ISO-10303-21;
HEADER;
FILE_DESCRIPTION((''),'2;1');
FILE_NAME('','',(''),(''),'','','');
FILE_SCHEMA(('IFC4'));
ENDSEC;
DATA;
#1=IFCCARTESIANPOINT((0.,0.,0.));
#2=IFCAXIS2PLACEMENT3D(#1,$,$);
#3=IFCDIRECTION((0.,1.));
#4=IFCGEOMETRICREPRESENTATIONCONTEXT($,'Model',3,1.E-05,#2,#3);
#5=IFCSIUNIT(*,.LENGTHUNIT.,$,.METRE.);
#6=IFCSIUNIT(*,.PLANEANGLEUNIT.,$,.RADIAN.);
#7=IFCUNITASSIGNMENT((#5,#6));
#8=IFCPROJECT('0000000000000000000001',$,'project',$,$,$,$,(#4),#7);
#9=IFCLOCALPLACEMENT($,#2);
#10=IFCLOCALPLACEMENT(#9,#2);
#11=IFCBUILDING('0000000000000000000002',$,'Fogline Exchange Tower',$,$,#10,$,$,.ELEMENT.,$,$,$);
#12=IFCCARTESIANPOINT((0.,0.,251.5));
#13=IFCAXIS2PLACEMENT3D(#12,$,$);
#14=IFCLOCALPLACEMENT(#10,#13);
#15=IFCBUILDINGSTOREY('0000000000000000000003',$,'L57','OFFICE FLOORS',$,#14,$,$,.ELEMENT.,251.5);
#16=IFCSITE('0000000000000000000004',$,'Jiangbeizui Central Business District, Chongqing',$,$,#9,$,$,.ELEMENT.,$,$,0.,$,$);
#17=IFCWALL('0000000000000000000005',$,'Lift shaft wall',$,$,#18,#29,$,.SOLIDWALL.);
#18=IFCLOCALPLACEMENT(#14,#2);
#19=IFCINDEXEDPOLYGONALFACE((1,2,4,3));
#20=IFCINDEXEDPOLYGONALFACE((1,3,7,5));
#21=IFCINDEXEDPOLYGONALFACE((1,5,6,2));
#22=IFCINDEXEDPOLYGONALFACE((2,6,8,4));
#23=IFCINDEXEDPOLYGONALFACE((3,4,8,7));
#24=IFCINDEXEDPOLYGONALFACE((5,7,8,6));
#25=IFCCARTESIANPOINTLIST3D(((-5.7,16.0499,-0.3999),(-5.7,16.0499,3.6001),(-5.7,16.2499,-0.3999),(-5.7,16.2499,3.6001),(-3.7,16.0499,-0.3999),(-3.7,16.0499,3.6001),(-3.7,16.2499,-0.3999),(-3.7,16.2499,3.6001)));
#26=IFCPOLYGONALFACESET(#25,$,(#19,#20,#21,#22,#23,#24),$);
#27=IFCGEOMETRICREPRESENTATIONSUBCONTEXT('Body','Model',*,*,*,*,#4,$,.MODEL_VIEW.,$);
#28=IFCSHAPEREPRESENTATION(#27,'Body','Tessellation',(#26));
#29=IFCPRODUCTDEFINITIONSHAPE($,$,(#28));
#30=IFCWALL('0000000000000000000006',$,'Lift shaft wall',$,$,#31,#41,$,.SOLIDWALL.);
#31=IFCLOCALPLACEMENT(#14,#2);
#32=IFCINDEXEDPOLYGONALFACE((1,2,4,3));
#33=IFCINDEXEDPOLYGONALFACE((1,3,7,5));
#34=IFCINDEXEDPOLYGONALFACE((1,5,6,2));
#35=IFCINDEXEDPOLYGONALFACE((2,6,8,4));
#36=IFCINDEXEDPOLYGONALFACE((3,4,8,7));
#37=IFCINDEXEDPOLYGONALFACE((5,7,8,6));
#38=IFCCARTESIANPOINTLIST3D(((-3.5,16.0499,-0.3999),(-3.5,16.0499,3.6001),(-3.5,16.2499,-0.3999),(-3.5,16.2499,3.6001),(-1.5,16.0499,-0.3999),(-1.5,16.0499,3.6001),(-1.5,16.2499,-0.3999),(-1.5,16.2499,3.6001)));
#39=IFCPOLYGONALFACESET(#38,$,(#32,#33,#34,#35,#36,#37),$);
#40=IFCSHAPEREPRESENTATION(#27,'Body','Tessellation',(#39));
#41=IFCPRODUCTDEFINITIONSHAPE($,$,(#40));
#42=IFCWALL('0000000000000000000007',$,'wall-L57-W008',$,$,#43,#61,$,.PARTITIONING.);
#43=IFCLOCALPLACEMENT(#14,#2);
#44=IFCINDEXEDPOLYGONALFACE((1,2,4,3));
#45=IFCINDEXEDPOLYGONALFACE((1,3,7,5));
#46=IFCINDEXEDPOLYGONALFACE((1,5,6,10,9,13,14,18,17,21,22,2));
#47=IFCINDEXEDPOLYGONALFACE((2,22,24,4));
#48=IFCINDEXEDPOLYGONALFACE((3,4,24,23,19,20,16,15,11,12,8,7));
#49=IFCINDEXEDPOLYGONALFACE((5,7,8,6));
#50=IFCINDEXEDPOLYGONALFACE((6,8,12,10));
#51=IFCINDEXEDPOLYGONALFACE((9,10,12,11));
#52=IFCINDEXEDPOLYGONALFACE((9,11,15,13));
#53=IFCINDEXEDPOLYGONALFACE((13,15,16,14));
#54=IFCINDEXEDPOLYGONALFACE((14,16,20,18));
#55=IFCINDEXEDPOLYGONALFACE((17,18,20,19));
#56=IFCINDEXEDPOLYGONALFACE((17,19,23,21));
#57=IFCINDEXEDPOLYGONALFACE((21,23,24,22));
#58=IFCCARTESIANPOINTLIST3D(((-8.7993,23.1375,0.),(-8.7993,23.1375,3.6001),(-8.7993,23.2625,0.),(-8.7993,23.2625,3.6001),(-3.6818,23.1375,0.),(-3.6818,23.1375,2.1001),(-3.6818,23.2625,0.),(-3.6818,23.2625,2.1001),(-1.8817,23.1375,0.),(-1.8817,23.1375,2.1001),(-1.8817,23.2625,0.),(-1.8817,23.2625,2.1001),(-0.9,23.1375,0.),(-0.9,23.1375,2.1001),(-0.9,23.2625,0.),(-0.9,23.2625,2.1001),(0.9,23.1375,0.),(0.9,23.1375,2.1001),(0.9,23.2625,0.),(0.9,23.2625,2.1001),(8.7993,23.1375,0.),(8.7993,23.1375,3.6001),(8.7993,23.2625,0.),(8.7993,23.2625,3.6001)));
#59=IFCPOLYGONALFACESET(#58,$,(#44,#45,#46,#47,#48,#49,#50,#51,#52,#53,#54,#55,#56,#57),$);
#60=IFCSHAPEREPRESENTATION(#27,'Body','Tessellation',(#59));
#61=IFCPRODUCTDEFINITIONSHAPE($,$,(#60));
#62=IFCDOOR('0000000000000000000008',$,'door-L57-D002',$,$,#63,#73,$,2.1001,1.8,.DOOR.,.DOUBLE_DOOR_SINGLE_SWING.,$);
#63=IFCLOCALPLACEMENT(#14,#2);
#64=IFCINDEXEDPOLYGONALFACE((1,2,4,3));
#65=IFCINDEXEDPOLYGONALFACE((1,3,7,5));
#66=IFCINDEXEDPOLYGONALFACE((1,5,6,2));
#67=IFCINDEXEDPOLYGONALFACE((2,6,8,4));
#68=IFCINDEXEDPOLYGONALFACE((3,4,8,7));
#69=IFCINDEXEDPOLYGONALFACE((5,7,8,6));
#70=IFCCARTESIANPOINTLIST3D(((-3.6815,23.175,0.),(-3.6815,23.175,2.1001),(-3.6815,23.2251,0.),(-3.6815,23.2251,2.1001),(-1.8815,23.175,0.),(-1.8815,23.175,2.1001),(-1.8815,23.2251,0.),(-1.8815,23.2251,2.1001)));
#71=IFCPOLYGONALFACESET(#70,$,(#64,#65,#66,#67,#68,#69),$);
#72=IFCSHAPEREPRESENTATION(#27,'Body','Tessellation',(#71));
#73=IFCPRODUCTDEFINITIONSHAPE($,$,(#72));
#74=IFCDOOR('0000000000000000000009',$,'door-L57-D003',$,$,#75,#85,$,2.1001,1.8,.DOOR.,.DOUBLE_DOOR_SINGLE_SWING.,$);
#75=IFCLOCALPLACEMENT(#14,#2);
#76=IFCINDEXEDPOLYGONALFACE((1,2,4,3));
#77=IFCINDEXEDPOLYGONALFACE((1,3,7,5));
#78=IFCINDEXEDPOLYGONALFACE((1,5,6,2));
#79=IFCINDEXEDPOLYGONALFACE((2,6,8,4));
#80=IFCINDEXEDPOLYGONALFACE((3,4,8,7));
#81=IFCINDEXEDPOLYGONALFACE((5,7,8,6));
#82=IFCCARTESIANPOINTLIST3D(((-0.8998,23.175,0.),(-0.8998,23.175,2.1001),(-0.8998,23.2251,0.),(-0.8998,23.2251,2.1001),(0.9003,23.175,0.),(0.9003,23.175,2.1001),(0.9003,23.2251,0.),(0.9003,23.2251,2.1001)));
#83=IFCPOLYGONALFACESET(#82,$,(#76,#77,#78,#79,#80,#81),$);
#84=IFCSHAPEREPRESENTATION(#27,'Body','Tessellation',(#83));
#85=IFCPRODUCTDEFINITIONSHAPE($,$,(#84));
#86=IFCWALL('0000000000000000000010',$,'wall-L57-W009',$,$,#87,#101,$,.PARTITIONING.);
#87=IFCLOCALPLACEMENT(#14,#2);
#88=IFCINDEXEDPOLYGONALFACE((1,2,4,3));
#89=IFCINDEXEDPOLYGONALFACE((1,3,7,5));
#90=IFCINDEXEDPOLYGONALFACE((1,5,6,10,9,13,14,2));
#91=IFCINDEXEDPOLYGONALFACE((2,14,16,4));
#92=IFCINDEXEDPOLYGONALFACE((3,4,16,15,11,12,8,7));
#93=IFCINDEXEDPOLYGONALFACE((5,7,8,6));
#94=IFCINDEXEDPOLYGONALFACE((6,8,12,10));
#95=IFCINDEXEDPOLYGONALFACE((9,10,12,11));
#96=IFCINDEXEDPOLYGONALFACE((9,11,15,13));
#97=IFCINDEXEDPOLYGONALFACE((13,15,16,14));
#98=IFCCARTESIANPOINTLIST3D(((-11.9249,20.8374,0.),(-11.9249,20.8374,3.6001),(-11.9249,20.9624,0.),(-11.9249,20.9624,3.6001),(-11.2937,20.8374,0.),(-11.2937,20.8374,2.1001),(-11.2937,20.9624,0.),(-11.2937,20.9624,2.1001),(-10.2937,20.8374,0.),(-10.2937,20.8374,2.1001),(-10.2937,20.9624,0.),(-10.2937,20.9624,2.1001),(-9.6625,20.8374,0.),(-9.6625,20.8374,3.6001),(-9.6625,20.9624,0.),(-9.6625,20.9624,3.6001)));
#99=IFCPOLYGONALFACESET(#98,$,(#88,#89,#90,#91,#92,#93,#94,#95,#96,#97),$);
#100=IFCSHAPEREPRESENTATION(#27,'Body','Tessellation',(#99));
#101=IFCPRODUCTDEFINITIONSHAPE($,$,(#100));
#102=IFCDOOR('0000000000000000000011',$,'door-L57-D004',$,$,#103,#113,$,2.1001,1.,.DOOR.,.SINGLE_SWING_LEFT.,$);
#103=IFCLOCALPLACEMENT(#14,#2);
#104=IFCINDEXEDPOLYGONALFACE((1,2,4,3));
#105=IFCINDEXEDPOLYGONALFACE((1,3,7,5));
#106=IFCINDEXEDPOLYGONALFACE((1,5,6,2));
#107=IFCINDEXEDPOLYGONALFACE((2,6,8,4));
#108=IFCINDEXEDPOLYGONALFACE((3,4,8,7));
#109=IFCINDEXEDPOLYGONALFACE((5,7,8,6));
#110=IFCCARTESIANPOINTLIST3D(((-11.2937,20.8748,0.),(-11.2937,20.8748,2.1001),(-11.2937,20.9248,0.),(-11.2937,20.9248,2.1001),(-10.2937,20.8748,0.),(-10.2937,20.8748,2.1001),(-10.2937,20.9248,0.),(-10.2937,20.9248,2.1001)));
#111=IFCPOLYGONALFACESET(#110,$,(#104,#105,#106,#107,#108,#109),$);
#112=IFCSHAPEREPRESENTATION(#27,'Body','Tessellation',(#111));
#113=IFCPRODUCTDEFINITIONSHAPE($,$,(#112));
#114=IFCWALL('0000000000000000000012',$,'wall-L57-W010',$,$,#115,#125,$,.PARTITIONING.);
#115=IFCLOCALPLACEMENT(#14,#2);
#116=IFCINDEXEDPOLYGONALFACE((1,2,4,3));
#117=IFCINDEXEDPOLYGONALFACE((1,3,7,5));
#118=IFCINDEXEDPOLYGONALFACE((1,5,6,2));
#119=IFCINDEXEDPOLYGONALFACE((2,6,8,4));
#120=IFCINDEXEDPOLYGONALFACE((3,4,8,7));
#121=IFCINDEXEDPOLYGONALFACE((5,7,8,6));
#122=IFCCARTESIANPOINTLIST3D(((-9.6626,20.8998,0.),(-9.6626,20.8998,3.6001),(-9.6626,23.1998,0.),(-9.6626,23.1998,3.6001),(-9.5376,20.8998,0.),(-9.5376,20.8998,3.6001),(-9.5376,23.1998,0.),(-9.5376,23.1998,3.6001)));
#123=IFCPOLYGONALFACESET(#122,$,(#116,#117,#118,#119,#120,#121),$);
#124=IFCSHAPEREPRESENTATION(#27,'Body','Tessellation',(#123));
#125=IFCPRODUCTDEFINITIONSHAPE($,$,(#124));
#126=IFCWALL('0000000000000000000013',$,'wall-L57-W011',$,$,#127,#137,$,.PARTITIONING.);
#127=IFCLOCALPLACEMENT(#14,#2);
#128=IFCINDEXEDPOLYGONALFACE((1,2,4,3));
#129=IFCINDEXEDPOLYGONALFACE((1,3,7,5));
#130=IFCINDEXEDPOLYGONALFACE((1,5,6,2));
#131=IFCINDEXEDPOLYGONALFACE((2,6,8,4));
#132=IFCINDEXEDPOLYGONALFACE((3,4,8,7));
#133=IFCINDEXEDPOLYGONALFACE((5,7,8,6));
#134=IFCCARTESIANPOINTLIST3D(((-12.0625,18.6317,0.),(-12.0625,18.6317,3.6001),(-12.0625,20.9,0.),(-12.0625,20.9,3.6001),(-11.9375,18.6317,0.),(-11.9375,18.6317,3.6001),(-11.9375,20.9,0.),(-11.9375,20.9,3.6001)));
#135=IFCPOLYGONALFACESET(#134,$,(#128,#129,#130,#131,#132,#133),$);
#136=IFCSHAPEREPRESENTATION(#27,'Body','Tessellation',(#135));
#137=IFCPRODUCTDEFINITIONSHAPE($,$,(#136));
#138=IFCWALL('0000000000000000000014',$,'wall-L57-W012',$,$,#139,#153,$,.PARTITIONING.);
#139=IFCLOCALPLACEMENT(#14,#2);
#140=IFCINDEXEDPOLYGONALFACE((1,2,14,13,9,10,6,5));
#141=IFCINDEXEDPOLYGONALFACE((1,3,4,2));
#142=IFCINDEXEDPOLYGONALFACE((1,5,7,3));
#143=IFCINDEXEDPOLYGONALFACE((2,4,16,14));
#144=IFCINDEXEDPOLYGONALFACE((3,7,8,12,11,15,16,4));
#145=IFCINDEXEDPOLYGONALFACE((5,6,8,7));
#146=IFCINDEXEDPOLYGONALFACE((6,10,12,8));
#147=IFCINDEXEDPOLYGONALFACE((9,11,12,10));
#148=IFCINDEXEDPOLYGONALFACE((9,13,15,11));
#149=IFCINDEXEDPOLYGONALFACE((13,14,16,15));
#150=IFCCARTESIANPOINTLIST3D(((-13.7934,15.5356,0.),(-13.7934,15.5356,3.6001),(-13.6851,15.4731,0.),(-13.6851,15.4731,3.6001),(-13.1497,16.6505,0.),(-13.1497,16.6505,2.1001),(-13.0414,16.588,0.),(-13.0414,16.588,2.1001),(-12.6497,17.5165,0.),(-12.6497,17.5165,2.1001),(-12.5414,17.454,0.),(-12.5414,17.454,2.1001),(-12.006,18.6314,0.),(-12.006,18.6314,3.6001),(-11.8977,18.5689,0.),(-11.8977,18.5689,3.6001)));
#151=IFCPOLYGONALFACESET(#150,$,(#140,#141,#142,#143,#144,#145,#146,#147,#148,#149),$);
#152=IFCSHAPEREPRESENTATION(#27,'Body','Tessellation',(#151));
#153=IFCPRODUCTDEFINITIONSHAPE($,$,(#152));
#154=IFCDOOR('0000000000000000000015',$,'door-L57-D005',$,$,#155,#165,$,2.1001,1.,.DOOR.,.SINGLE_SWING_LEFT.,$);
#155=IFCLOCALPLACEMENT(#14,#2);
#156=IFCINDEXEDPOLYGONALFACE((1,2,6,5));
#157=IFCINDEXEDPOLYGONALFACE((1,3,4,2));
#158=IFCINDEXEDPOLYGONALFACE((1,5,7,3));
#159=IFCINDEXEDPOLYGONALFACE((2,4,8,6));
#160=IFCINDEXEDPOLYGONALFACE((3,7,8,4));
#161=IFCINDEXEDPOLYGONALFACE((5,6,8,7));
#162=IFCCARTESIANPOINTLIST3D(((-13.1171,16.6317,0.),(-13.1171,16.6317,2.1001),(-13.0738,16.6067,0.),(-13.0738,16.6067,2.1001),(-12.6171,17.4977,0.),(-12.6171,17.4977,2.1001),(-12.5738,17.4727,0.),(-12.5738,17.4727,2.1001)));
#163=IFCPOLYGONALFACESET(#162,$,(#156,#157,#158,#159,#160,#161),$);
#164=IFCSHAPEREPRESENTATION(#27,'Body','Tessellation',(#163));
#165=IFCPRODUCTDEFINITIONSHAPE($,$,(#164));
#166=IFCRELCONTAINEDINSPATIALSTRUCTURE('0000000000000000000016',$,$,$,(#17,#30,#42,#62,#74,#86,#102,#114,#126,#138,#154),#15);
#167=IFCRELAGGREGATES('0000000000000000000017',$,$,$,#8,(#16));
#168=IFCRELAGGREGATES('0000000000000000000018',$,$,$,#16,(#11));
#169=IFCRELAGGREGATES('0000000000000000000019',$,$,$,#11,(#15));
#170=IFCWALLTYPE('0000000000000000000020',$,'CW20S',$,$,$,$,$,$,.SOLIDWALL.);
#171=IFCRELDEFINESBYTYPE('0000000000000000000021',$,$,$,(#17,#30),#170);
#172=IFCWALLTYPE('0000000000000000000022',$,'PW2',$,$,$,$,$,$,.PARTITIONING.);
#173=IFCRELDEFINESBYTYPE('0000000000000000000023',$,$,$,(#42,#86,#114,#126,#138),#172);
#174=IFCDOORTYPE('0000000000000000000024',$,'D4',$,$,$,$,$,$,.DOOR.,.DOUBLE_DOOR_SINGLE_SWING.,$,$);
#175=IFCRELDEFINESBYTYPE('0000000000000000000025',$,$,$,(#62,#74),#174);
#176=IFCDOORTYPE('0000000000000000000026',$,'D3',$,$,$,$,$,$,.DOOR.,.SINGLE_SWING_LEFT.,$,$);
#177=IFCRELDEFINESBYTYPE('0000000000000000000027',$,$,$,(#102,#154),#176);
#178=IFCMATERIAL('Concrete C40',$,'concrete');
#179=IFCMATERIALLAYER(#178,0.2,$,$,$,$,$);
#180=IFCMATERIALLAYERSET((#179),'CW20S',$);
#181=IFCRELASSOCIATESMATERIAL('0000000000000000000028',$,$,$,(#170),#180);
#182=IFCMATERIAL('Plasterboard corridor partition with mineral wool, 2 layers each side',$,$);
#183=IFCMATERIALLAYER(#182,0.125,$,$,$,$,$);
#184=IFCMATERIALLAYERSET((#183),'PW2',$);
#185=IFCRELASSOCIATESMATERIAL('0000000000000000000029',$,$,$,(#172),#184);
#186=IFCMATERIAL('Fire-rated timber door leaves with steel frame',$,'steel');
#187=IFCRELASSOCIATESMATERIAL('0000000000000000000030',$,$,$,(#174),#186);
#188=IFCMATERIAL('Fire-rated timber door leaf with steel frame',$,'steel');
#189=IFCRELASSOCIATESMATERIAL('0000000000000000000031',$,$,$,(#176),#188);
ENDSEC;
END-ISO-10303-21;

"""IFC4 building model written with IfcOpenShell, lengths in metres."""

from ifc_helpers import new_model, si_unit, direction, frame, frame_2d, origin, place, context, subcontext, project, spatial, rectangle, extrude, material, layer, layer_set, type_object, element, fill, save


model = new_model("IFC4")

# Units and contexts
model_context = context("Model", 3, precision=1e-05, world=origin(), true_north=direction((0.0, 1.0)))
body_context = subcontext(model_context, "Body", "Model", "MODEL_VIEW")
ifc_project = project(units=[si_unit("LENGTHUNIT", "METRE"), si_unit("PLANEANGLEUNIT", "RADIAN")], contexts=[model_context])

# Site, building, storey
site_placement = place(None, origin())
site = spatial("IfcSite", under=ifc_project, at=site_placement, Name="Jiangbeizui Central Business District, Chongqing", CompositionType="ELEMENT", RefElevation=0.0)
building_placement = place(site_placement, origin())
building = spatial("IfcBuilding", under=site, at=building_placement, Name="Fogline Exchange Tower", CompositionType="ELEMENT")
storey_placement = place(building_placement, frame((0.0, 0.0, 251.5)))
storey = spatial("IfcBuildingStorey", under=building, at=storey_placement, Name="L57", Description="OFFICE FLOORS", CompositionType="ELEMENT", Elevation=251.5)

# Shared definitions
ifc_material_1 = material(Name="Concrete C40", Category="concrete")

# Walls
ifc_layer_1 = layer(ifc_material_1, 0.2)
ifc_layer_set_1 = layer_set([ifc_layer_1], Name="CW20S")
wall_type_1 = type_object("IfcWallType", Name="CW20S", PredefinedType="SOLIDWALL", material=ifc_layer_set_1)
for number, where, z_axis, x_axis, name in (
    (1, (-5.7, 16.1499, -0.3999), (0.0, 0.0, 1.0), (1.0, 0.0, 0.0), "Lift shaft wall"),
    (2, (-3.5, 16.1499, -0.3999), (0.0, 0.0, 1.0), (1.0, 0.0, 0.0), "Lift shaft wall"),
):
    element("IfcWall", number, at=place(storey_placement, frame(where, z_axis=z_axis, x_axis=x_axis)), inside=storey, type_object=wall_type_1, Name=name, PredefinedType="SOLIDWALL", context=body_context, shape_type="SweptSolid", body=[
        extrude(rectangle(XDim=2.0, YDim=0.2, at=frame_2d((1.0, 0.0))), origin(), (0.0, 0.0, 1.0), 4.0),
    ])

# Wall, openings, doors
ifc_material_2 = material(Name="Plasterboard corridor partition with mineral wool, 2 layers each side")
ifc_layer_2 = layer(ifc_material_2, 0.125)
ifc_layer_set_2 = layer_set([ifc_layer_2], Name="PW2")
wall_type_2 = type_object("IfcWallType", Name="PW2", PredefinedType="PARTITIONING", material=ifc_layer_set_2)
wall_1_placement = place(storey_placement, frame((-8.7993, 23.2, 0.0), z_axis=(0.0, 0.0, 1.0), x_axis=(1.0, 0.0, 0.0)))
wall_1 = element("IfcWall", 3, at=wall_1_placement, inside=storey, type_object=wall_type_2, Name="wall-L57-W008", PredefinedType="PARTITIONING", context=body_context, shape_type="SweptSolid", body=[
    extrude(rectangle(XDim=17.5986, YDim=0.125, at=frame_2d((8.7993, 0.0))), origin(), (0.0, 0.0, 1.0), 3.6001),
])
opening_1_placement = place(wall_1_placement, frame((5.1177, 0.0, 0.0)))
opening_1 = element("IfcOpeningElement", 4, at=opening_1_placement, cuts=wall_1, PredefinedType="OPENING", context=body_context, shape_type="SweptSolid", body=[
    extrude(rectangle(XDim=1.8, YDim=2.1001, at=frame_2d((0.8999, 1.05))), frame((0.0, 0.0725, 0.0), z_axis=(0.0, -1.0, 0.0), x_axis=(1.0, 0.0, 0.0)), (0.0, 0.0, 1.0), 0.145),
])
opening_2_placement = place(wall_1_placement, frame((7.8994, 0.0, 0.0)))
opening_2 = element("IfcOpeningElement", 5, at=opening_2_placement, cuts=wall_1, PredefinedType="OPENING", context=body_context, shape_type="SweptSolid", body=[
    extrude(rectangle(XDim=1.8, YDim=2.1001, at=frame_2d((0.8999, 1.05))), frame((0.0, 0.0725, 0.0), z_axis=(0.0, -1.0, 0.0), x_axis=(1.0, 0.0, 0.0)), (0.0, 0.0, 1.0), 0.145),
])
ifc_material_3 = material(Name="Fire-rated timber door leaves with steel frame", Category="steel")
door_type_1 = type_object("IfcDoorType", Name="D4", OperationType="DOUBLE_DOOR_SINGLE_SWING", PredefinedType="DOOR", material=ifc_material_3)
door_1_placement = place(opening_1_placement, frame((1.8, 0.0, 0.0), z_axis=(0.0, 0.0, 1.0), x_axis=(-1.0, 0.0, 0.0)))
door_1 = element("IfcDoor", 6, at=door_1_placement, inside=storey, type_object=door_type_1, Name="door-L57-D002", OperationType="DOUBLE_DOOR_SINGLE_SWING", OverallHeight=2.1001, OverallWidth=1.8, PredefinedType="DOOR", context=body_context, shape_type="SweptSolid", body=[
    extrude(rectangle(XDim=1.8, YDim=2.1001, at=frame_2d((0.8999, 1.05))), frame((0.0, 0.0249, 0.0), z_axis=(0.0, -1.0, 0.0), x_axis=(1.0, 0.0, 0.0)), (0.0, 0.0, 1.0), 0.05),
])
fill(opening_1, door_1)
door_2_placement = place(opening_2_placement, frame((1.8, 0.0, 0.0), z_axis=(0.0, 0.0, 1.0), x_axis=(-1.0, 0.0, 0.0)))
door_2 = element("IfcDoor", 7, at=door_2_placement, inside=storey, type_object=door_type_1, Name="door-L57-D003", OperationType="DOUBLE_DOOR_SINGLE_SWING", OverallHeight=2.1001, OverallWidth=1.8, PredefinedType="DOOR", context=body_context, shape_type="SweptSolid", body=[
    extrude(rectangle(XDim=1.8, YDim=2.1001, at=frame_2d((0.8999, 1.05))), frame((0.0, 0.0249, 0.0), z_axis=(0.0, -1.0, 0.0), x_axis=(1.0, 0.0, 0.0)), (0.0, 0.0, 1.0), 0.05),
])
fill(opening_2, door_2)

# Wall, opening, door
wall_2_placement = place(storey_placement, frame((-11.925, 20.8999, 0.0), z_axis=(0.0, 0.0, 1.0), x_axis=(1.0, 0.0, 0.0)))
wall_2 = element("IfcWall", 8, at=wall_2_placement, inside=storey, type_object=wall_type_2, Name="wall-L57-W009", PredefinedType="PARTITIONING", context=body_context, shape_type="SweptSolid", body=[
    extrude(rectangle(XDim=2.2625, YDim=0.125, at=frame_2d((1.1313, 0.0))), origin(), (0.0, 0.0, 1.0), 3.6001),
])
opening_3_placement = place(wall_2_placement, frame((0.6313, 0.0, 0.0)))
opening_3 = element("IfcOpeningElement", 9, at=opening_3_placement, cuts=wall_2, PredefinedType="OPENING", context=body_context, shape_type="SweptSolid", body=[
    extrude(rectangle(XDim=1.0, YDim=2.1001, at=frame_2d((0.5, 1.05))), frame((0.0, 0.0725, 0.0), z_axis=(0.0, -1.0, 0.0), x_axis=(1.0, 0.0, 0.0)), (0.0, 0.0, 1.0), 0.145),
])
ifc_material_4 = material(Name="Fire-rated timber door leaf with steel frame", Category="steel")
door_type_2 = type_object("IfcDoorType", Name="D3", OperationType="SINGLE_SWING_LEFT", PredefinedType="DOOR", material=ifc_material_4)
door_3_placement = place(opening_3_placement, origin())
door_3 = element("IfcDoor", 10, at=door_3_placement, inside=storey, type_object=door_type_2, Name="door-L57-D004", OperationType="SINGLE_SWING_LEFT", OverallHeight=2.1001, OverallWidth=1.0, PredefinedType="DOOR", context=body_context, shape_type="SweptSolid", body=[
    extrude(rectangle(XDim=1.0, YDim=2.1001, at=frame_2d((0.5, 1.05))), frame((0.0, 0.0249, 0.0), z_axis=(0.0, -1.0, 0.0), x_axis=(1.0, 0.0, 0.0)), (0.0, 0.0, 1.0), 0.05),
])
fill(opening_3, door_3)

# Walls
wall_3_placement = place(storey_placement, frame((-9.6001, 20.8999, 0.0), z_axis=(0.0, 0.0, 1.0), x_axis=(0.0, 1.0, 0.0)))
element("IfcWall", 11, at=wall_3_placement, inside=storey, type_object=wall_type_2, Name="wall-L57-W010", PredefinedType="PARTITIONING", context=body_context, shape_type="SweptSolid", body=[
    extrude(rectangle(XDim=2.3, YDim=0.125, at=frame_2d((1.1499, 0.0))), origin(), (0.0, 0.0, 1.0), 3.6001),
])
wall_4_placement = place(storey_placement, frame((-12.0, 18.6316, 0.0), z_axis=(0.0, 0.0, 1.0), x_axis=(0.0, 1.0, 0.0)))
element("IfcWall", 12, at=wall_4_placement, inside=storey, type_object=wall_type_2, Name="wall-L57-W011", PredefinedType="PARTITIONING", context=body_context, shape_type="SweptSolid", body=[
    extrude(rectangle(XDim=2.2683, YDim=0.125, at=frame_2d((1.1343, 0.0))), origin(), (0.0, 0.0, 1.0), 3.6001),
])

# Wall, opening, door
wall_5_placement = place(storey_placement, frame((-13.7393, 15.5044, 0.0), z_axis=(0.0, 0.0, 1.0), x_axis=(0.50001, 0.86602, 0.0)))
wall_5 = element("IfcWall", 13, at=wall_5_placement, inside=storey, type_object=wall_type_2, Name="wall-L57-W012", PredefinedType="PARTITIONING", context=body_context, shape_type="SweptSolid", body=[
    extrude(rectangle(XDim=3.5747, YDim=0.125, at=frame_2d((1.7874, 0.0))), origin(), (0.0, 0.0, 1.0), 3.6001),
])
opening_4_placement = place(wall_5_placement, frame((1.2874, 0.0, 0.0)))
opening_4 = element("IfcOpeningElement", 14, at=opening_4_placement, cuts=wall_5, PredefinedType="OPENING", context=body_context, shape_type="SweptSolid", body=[
    extrude(rectangle(XDim=1.0, YDim=2.1001, at=frame_2d((0.5, 1.05))), frame((0.0, 0.0725, 0.0), z_axis=(0.0, -1.0, 0.0), x_axis=(1.0, 0.0, 0.0)), (0.0, 0.0, 1.0), 0.145),
])
door_4_placement = place(opening_4_placement, origin())
door_4 = element("IfcDoor", 15, at=door_4_placement, inside=storey, type_object=door_type_2, Name="door-L57-D005", OperationType="SINGLE_SWING_LEFT", OverallHeight=2.1001, OverallWidth=1.0, PredefinedType="DOOR", context=body_context, shape_type="SweptSolid", body=[
    extrude(rectangle(XDim=1.0, YDim=2.1001, at=frame_2d((0.5, 1.05))), frame((0.0, 0.0249, 0.0), z_axis=(0.0, -1.0, 0.0), x_axis=(1.0, 0.0, 0.0)), (0.0, 0.0, 1.0), 0.05),
])
fill(opening_4, door_4)

save(model, "model.ifc")
